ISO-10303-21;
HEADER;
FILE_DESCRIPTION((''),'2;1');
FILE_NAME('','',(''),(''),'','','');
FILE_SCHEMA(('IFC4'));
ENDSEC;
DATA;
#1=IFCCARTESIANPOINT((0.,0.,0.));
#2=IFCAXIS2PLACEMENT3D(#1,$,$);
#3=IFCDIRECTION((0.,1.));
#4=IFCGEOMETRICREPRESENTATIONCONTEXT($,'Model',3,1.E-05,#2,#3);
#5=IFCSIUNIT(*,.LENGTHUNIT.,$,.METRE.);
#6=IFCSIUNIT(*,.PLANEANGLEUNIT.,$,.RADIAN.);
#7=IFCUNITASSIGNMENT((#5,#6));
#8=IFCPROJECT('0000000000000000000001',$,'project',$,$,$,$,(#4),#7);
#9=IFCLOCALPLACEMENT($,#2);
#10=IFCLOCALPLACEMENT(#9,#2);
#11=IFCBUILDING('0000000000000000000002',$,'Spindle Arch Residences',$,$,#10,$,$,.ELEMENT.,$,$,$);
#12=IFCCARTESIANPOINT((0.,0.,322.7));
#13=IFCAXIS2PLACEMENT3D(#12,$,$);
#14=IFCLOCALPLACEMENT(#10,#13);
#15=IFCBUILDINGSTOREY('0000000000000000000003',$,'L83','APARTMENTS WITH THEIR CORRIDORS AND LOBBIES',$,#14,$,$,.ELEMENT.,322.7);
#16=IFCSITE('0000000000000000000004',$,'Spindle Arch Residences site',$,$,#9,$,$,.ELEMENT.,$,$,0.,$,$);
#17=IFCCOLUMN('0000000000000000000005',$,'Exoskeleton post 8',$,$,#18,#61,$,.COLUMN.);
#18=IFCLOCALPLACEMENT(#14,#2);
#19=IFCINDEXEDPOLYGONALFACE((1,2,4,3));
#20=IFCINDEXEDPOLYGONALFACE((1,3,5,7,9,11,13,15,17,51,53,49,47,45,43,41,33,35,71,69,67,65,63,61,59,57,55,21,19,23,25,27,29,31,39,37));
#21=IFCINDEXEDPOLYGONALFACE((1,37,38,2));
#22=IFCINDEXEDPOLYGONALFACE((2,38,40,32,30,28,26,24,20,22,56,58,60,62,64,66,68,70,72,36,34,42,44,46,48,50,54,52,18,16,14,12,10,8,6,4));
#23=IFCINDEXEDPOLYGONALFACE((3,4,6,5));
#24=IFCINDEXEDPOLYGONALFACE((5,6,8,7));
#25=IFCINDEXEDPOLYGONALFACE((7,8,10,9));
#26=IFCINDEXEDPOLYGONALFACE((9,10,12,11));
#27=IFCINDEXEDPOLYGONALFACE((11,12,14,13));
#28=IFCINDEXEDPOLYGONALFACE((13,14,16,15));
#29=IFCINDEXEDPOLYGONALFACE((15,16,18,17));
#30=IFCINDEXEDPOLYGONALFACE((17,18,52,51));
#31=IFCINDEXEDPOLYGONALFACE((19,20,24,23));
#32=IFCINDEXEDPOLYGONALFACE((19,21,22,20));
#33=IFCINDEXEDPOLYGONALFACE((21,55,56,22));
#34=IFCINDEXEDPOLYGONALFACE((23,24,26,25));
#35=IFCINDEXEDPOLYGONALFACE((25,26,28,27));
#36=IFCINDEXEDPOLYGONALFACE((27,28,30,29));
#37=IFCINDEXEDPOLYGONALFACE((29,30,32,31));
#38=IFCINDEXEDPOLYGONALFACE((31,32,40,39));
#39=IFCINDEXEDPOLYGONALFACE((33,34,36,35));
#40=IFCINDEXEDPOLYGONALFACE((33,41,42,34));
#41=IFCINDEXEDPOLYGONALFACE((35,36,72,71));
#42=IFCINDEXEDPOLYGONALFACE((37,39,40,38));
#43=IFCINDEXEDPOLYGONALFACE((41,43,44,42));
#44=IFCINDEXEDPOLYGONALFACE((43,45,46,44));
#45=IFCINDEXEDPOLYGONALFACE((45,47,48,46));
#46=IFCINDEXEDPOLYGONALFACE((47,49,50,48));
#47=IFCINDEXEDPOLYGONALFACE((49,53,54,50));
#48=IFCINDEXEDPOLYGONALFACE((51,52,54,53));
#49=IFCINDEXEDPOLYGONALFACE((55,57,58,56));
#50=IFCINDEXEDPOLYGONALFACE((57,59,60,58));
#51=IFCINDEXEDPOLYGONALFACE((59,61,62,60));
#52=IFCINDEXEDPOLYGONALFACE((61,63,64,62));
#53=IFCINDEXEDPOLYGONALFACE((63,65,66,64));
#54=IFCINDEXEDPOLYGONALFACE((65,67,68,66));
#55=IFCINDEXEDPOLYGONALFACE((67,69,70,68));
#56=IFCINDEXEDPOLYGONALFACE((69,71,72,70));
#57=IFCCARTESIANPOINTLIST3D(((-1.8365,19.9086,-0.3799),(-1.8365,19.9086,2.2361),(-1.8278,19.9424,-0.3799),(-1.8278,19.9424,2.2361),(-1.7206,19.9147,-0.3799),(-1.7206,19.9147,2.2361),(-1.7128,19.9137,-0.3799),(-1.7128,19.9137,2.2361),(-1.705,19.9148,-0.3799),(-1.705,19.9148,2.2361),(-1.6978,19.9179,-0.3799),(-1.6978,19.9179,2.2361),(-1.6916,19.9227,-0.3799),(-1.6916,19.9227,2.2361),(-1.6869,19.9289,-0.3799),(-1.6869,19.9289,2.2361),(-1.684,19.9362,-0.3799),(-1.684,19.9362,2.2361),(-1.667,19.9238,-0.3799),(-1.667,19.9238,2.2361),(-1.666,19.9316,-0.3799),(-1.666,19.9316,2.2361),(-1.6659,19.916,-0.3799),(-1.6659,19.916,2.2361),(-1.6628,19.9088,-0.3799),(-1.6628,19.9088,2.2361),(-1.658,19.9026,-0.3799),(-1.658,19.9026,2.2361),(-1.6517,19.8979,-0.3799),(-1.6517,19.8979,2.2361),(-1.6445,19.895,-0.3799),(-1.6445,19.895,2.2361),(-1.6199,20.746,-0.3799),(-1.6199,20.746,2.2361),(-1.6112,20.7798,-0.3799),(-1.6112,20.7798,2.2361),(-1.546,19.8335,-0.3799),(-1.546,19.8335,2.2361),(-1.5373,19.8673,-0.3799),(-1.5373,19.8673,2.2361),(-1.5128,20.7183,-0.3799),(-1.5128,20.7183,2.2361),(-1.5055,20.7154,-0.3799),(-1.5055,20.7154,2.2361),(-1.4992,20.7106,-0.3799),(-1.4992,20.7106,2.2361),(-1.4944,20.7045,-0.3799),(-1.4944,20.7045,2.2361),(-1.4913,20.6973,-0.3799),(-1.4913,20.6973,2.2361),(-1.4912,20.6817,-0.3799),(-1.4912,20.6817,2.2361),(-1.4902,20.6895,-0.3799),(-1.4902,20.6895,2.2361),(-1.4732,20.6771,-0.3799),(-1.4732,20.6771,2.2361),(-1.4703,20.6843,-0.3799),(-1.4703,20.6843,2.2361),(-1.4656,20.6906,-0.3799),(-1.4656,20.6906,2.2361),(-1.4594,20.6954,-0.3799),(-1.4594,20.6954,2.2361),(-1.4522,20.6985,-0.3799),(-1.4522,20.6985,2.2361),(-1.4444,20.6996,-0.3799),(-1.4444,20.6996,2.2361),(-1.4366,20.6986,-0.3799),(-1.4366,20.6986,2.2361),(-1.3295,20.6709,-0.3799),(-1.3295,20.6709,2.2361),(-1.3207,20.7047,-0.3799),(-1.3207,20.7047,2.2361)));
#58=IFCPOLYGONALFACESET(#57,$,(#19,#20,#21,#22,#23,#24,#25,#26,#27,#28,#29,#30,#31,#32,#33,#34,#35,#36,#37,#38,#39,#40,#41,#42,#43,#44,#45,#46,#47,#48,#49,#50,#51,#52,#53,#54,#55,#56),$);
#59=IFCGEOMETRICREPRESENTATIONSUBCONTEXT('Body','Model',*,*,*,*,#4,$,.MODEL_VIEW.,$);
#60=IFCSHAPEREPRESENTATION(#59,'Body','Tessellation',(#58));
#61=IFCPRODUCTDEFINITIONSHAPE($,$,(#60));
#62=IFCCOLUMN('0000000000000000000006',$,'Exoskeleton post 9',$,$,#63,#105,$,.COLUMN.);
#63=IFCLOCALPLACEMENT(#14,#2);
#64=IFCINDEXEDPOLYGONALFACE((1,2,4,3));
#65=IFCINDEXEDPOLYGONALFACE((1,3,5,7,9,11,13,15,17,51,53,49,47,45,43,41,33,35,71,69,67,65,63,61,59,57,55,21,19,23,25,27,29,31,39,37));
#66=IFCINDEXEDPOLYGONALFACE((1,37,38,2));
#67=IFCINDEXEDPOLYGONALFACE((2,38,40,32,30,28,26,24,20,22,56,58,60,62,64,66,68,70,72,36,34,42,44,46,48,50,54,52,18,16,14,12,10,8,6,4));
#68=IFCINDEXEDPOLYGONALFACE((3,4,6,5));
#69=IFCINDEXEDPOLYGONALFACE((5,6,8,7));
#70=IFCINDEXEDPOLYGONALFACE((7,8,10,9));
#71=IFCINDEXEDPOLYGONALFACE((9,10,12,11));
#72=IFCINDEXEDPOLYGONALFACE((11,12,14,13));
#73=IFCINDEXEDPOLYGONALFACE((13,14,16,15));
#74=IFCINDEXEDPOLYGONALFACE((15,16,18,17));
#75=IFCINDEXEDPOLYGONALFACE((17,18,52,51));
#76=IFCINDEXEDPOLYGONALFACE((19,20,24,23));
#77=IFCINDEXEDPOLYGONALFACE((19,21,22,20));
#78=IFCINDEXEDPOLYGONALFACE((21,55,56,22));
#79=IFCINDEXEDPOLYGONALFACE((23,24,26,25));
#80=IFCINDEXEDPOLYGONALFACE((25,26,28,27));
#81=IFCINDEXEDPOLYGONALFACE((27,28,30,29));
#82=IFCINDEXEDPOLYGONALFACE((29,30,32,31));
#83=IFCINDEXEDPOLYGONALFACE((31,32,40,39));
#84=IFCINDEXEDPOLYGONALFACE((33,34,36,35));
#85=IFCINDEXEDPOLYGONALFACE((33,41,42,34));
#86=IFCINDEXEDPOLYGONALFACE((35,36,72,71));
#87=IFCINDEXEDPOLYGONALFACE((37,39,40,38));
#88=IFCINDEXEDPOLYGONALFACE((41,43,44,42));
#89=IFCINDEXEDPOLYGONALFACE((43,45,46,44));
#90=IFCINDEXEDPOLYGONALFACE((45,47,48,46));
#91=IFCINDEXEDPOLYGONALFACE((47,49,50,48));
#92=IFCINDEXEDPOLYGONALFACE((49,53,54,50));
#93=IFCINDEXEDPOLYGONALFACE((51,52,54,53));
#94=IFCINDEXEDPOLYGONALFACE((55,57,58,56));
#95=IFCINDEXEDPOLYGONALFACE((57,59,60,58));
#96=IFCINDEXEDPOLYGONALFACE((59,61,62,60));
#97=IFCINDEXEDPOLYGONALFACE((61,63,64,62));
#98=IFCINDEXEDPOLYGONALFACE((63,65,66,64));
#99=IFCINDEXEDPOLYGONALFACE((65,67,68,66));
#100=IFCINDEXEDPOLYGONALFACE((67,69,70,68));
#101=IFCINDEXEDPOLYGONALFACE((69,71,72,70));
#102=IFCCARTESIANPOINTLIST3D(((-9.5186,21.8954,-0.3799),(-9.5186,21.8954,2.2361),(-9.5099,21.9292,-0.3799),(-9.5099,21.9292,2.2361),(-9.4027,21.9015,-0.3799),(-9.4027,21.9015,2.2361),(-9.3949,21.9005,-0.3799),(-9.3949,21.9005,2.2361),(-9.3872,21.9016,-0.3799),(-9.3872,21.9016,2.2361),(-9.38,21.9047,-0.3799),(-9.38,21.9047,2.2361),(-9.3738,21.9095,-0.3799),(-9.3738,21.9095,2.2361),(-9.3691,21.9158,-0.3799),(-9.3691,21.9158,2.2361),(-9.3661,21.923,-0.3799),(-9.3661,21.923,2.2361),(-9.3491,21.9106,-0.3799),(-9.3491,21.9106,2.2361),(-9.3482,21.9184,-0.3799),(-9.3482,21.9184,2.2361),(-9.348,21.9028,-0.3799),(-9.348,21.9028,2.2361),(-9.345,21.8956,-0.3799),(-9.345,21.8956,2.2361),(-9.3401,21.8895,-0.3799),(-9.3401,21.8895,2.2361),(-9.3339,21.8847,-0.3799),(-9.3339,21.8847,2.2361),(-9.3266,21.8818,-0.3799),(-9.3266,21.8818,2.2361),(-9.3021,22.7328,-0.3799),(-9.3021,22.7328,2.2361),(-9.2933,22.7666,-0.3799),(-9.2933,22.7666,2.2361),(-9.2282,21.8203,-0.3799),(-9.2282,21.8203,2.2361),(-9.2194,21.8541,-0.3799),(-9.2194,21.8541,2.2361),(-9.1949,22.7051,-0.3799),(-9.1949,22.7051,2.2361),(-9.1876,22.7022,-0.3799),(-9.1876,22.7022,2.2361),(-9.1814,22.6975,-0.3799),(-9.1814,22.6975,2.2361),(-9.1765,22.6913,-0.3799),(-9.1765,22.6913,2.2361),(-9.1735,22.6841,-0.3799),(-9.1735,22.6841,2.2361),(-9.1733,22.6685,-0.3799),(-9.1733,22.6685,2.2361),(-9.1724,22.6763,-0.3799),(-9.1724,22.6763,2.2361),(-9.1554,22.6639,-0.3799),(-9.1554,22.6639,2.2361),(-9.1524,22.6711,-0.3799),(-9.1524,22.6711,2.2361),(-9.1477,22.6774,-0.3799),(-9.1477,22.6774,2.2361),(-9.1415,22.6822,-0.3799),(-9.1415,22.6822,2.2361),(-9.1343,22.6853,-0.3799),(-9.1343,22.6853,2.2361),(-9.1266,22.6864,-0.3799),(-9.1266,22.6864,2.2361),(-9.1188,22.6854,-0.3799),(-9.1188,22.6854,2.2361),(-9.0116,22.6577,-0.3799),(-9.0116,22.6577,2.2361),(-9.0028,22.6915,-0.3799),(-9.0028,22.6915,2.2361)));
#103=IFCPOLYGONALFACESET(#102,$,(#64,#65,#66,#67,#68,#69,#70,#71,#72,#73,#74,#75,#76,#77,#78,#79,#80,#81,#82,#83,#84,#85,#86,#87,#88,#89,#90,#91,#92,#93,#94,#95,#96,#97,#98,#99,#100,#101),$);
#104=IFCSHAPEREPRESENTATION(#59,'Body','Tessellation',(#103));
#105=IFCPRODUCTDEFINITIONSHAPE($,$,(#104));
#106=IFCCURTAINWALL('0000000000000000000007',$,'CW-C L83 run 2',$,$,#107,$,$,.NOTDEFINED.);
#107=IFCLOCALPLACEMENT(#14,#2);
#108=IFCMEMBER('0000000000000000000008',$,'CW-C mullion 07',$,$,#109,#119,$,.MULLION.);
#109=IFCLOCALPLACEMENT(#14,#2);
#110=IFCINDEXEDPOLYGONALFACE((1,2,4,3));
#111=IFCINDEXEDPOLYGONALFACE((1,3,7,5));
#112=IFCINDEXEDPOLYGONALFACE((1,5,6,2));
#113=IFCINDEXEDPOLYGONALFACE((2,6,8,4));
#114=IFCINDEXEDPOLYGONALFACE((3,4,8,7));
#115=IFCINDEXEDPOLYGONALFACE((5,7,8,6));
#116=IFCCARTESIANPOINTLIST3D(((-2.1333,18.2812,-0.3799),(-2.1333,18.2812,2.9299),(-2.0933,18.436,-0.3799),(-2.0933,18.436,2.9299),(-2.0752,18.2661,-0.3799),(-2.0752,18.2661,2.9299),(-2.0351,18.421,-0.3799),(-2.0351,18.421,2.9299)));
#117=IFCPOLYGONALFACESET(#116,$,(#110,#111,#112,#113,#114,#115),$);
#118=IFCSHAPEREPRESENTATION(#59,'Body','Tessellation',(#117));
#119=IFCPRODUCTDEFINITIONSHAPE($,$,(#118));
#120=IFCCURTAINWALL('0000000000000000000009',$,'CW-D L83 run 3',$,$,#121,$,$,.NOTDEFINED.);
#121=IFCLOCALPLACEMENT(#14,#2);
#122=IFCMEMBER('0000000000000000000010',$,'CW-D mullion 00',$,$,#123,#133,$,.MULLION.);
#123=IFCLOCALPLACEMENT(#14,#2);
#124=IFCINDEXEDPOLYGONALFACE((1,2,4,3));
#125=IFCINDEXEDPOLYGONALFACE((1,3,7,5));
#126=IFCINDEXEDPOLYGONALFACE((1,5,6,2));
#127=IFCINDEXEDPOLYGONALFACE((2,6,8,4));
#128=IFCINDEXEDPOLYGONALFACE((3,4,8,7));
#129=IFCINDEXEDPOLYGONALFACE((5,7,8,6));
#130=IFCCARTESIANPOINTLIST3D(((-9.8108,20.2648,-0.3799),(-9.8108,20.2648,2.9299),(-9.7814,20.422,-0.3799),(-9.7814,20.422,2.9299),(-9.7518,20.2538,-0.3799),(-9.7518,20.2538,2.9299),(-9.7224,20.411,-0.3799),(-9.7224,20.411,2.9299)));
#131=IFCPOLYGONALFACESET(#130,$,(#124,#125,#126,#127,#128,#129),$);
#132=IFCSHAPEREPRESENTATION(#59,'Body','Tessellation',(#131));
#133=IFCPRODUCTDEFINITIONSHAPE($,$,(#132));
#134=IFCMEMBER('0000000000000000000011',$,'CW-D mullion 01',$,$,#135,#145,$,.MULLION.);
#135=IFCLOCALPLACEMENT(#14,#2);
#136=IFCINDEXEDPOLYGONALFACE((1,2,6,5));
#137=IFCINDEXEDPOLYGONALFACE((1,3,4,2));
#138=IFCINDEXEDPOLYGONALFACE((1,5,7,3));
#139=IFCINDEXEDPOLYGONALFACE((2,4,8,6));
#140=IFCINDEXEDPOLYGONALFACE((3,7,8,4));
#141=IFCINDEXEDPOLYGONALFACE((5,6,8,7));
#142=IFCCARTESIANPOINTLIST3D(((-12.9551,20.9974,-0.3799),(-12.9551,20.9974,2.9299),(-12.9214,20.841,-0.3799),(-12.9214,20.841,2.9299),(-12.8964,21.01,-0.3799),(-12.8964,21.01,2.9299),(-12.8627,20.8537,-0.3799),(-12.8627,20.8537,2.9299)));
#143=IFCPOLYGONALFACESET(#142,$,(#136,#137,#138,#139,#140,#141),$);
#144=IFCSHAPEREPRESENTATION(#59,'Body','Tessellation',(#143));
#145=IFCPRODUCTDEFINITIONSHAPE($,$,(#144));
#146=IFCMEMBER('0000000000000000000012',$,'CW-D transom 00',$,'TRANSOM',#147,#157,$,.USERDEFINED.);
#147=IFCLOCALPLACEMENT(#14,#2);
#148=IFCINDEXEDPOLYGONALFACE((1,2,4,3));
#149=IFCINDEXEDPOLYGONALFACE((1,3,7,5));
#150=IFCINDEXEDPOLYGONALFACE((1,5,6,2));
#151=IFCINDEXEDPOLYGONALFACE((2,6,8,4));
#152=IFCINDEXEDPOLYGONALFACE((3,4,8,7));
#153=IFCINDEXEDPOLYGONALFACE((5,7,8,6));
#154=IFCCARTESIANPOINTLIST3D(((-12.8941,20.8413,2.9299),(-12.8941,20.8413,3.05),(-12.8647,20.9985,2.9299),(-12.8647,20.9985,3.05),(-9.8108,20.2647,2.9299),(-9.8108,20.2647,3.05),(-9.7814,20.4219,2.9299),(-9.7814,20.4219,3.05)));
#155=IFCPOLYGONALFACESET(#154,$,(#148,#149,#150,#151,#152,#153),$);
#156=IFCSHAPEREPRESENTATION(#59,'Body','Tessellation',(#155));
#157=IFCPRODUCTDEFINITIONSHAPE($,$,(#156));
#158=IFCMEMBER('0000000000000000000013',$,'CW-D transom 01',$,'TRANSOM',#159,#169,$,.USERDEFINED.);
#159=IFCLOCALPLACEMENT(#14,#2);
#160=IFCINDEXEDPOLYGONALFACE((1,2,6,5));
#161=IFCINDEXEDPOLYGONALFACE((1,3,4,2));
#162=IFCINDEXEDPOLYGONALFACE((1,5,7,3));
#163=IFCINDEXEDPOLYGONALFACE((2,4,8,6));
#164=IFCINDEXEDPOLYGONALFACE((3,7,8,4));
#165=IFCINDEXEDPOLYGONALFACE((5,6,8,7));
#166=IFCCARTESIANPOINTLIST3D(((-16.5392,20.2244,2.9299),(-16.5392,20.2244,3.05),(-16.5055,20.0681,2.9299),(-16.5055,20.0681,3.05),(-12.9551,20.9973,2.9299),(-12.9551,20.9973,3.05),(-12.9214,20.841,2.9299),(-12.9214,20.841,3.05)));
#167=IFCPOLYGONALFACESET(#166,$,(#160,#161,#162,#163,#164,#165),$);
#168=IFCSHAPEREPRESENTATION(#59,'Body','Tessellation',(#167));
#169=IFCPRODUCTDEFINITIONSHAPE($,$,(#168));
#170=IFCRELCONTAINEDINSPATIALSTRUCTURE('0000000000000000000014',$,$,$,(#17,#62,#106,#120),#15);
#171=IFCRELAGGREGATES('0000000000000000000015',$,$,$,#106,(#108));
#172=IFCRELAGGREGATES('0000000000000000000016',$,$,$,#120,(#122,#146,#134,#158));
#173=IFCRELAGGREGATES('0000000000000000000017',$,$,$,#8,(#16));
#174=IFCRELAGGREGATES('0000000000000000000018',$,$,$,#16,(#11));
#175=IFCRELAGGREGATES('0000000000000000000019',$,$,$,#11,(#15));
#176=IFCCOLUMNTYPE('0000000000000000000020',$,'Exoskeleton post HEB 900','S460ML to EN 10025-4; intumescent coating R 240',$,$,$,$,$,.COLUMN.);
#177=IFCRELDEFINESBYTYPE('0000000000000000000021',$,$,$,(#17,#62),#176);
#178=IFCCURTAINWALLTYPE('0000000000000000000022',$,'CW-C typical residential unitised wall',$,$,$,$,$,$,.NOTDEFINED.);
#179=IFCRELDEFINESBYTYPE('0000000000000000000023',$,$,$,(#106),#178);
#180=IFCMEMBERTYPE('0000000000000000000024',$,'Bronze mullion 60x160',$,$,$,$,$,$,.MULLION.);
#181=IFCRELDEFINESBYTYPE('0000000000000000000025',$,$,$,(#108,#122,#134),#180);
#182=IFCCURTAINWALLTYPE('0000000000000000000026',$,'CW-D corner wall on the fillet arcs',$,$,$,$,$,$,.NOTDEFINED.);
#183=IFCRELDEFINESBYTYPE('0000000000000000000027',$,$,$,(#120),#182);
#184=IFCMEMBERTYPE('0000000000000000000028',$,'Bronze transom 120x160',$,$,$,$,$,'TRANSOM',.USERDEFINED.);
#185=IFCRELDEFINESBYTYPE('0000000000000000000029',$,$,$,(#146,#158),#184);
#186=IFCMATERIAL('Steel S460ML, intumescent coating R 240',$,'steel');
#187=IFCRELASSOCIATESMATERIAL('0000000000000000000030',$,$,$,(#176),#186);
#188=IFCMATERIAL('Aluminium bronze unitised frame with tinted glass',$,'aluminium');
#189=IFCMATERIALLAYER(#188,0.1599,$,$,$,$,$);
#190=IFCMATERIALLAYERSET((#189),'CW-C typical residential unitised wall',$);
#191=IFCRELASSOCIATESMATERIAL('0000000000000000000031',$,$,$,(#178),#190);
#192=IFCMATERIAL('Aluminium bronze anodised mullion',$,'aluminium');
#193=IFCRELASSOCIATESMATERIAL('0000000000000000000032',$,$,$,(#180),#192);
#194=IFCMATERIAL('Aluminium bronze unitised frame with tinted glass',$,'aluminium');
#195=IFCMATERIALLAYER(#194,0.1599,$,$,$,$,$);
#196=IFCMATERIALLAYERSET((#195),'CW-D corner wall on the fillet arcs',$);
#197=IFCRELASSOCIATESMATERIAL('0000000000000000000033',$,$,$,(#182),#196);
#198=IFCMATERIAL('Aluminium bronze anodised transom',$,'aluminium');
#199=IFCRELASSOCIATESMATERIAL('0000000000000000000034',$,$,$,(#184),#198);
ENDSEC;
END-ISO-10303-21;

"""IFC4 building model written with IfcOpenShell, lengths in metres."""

from ifc_helpers import new_model, si_unit, direction, frame, origin, origin_2d, place, context, subcontext, project, spatial, rectangle, i_section, extrude, material, layer, layer_set, material_profile, profile_set, type_object, element, aggregate, save


model = new_model("IFC4")

# Units and contexts
model_context = context("Model", 3, precision=1e-05, world=origin(), true_north=direction((0.0, 1.0)))
body_context = subcontext(model_context, "Body", "Model", "MODEL_VIEW")
ifc_project = project(units=[si_unit("LENGTHUNIT", "METRE"), si_unit("PLANEANGLEUNIT", "RADIAN")], contexts=[model_context])

# Site, building, storey
site_placement = place(None, origin())
site = spatial("IfcSite", under=ifc_project, at=site_placement, Name="Spindle Arch Residences site", CompositionType="ELEMENT", RefElevation=0.0)
building_placement = place(site_placement, origin())
building = spatial("IfcBuilding", under=site, at=building_placement, Name="Spindle Arch Residences", CompositionType="ELEMENT")
storey_placement = place(building_placement, frame((0.0, 0.0, 322.7)))
storey = spatial("IfcBuildingStorey", under=building, at=storey_placement, Name="L83", Description="APARTMENTS WITH THEIR CORRIDORS AND LOBBIES", CompositionType="ELEMENT", Elevation=322.7)

# Columns
ifc_material_1 = material(Name="Steel S460ML, intumescent coating R 240", Category="steel")
ifc_material_profile_1 = material_profile(ifc_material_1, i_section(OverallWidth=0.3, OverallDepth=0.8999, WebThickness=0.0186, FlangeThickness=0.0349, FilletRadius=0.03, at=origin_2d()), Name="HEB 900")
ifc_profile_set_1 = profile_set([ifc_material_profile_1], Name="Steel S460ML, intumescent coating R 240")
column_type = type_object("IfcColumnType", Name="Exoskeleton post HEB 900", Description="S460ML to EN 10025-4; intumescent coating R 240", PredefinedType="COLUMN", material=ifc_profile_set_1)
for number, where, z_axis, x_axis, name in (
    (1, (-1.5786, 20.3066, -0.3799), (0.0, 0.0, 1.0), (0.968148, -0.25038, 0.0), "Exoskeleton post 8"),
    (2, (-9.2607, 22.2935, -0.3799), (0.0, 0.0, 1.0), (0.968148, -0.25038, 0.0), "Exoskeleton post 9"),
):
    element("IfcColumn", number, at=place(storey_placement, frame(where, z_axis=z_axis, x_axis=x_axis)), inside=storey, type_object=column_type, Name=name, PredefinedType="COLUMN", context=body_context, shape_type="SweptSolid", body=[
        extrude(i_section(OverallWidth=0.3, OverallDepth=0.8999, WebThickness=0.0186, FlangeThickness=0.0349, FilletRadius=0.03, at=origin_2d()), origin(), (0.0, 0.0, 1.0), 2.616),
    ])

# Curtain wall, member
ifc_material_2 = material(Name="Aluminium bronze unitised frame with tinted glass", Category="aluminium")
ifc_layer_1 = layer(ifc_material_2, 0.1599)
ifc_layer_set_1 = layer_set([ifc_layer_1], Name="CW-C typical residential unitised wall")
curtain_wall_type_1 = type_object("IfcCurtainWallType", Name="CW-C typical residential unitised wall", PredefinedType="NOTDEFINED", material=ifc_layer_set_1)
curtain_wall_1_placement = place(storey_placement, origin())
curtain_wall_1 = element("IfcCurtainWall", 3, at=curtain_wall_1_placement, inside=storey, type_object=curtain_wall_type_1, Name="CW-C L83 run 2", PredefinedType="NOTDEFINED")
ifc_material_3 = material(Name="Aluminium bronze anodised mullion", Category="aluminium")
ifc_material_profile_2 = material_profile(ifc_material_3, rectangle(XDim=0.1599, YDim=0.0601, at=origin_2d()), Name="MU 60x160")
ifc_profile_set_2 = profile_set([ifc_material_profile_2], Name="Aluminium bronze anodised mullion")
member_type_1 = type_object("IfcMemberType", Name="Bronze mullion 60x160", PredefinedType="MULLION", material=ifc_profile_set_2)
member_1_placement = place(storey_placement, frame((-2.0842, 18.3511, -0.3799), z_axis=(0.0, 0.0, 1.0), x_axis=(-0.25038, -0.968148, 0.0)))
member_1 = element("IfcMember", 4, at=member_1_placement, type_object=member_type_1, Name="CW-C mullion 07", PredefinedType="MULLION", context=body_context, shape_type="SweptSolid", body=[
    extrude(rectangle(XDim=0.1599, YDim=0.0601, at=origin_2d()), origin(), (0.0, 0.0, 1.0), 3.3098),
])

# Curtain wall, members
ifc_material_4 = material(Name="Aluminium bronze unitised frame with tinted glass", Category="aluminium")
ifc_layer_2 = layer(ifc_material_4, 0.1599)
ifc_layer_set_2 = layer_set([ifc_layer_2], Name="CW-D corner wall on the fillet arcs")
curtain_wall_type_2 = type_object("IfcCurtainWallType", Name="CW-D corner wall on the fillet arcs", PredefinedType="NOTDEFINED", material=ifc_layer_set_2)
curtain_wall_2_placement = place(storey_placement, origin())
curtain_wall_2 = element("IfcCurtainWall", 5, at=curtain_wall_2_placement, inside=storey, type_object=curtain_wall_type_2, Name="CW-D L83 run 3", PredefinedType="NOTDEFINED")
member_2_placement = place(storey_placement, frame((-9.7666, 20.3379, -0.3799), z_axis=(0.0, 0.0, 1.0), x_axis=(-0.183837, -0.982957, 0.0)))
member_2 = element("IfcMember", 6, at=member_2_placement, type_object=member_type_1, Name="CW-D mullion 00", PredefinedType="MULLION", context=body_context, shape_type="SweptSolid", body=[
    extrude(rectangle(XDim=0.1599, YDim=0.0601, at=origin_2d()), origin(), (0.0, 0.0, 1.0), 3.3098),
])
member_3_placement = place(storey_placement, frame((-12.9089, 20.9255, -0.3799), z_axis=(0.0, 0.0, 1.0), x_axis=(0.210756, -0.977539, 0.0)))
member_3 = element("IfcMember", 7, at=member_3_placement, type_object=member_type_1, Name="CW-D mullion 01", PredefinedType="MULLION", context=body_context, shape_type="SweptSolid", body=[
    extrude(rectangle(XDim=0.1599, YDim=0.0601, at=origin_2d()), origin(), (0.0, 0.0, 1.0), 3.3098),
])
ifc_material_5 = material(Name="Aluminium bronze anodised transom", Category="aluminium")
ifc_material_profile_3 = material_profile(ifc_material_5, rectangle(XDim=0.1599, YDim=0.1201, at=origin_2d()), Name="TR 120x160")
ifc_profile_set_3 = profile_set([ifc_material_profile_3], Name="Aluminium bronze anodised transom")
member_type_2 = type_object("IfcMemberType", Name="Bronze transom 120x160", ElementType="TRANSOM", PredefinedType="USERDEFINED", material=ifc_profile_set_3)
member_4_placement = place(storey_placement, frame((-9.7961, 20.3433, 2.99), z_axis=(-0.982956, 0.183842, 0.0), x_axis=(-0.183842, -0.982956, 0.0)))
member_4 = element("IfcMember", 8, at=member_4_placement, type_object=member_type_2, Name="CW-D transom 00", ObjectType="TRANSOM", PredefinedType="USERDEFINED", context=body_context, shape_type="SweptSolid", body=[
    extrude(rectangle(XDim=0.1599, YDim=0.1201, at=origin_2d()), origin(), (0.0, 0.0, 1.0), 3.1367),
])
member_5_placement = place(storey_placement, frame((-12.9382, 20.9192, 2.99), z_axis=(-0.977528, -0.210807, 0.0), x_axis=(0.210807, -0.977528, 0.0)))
member_5 = element("IfcMember", 9, at=member_5_placement, type_object=member_type_2, Name="CW-D transom 01", ObjectType="TRANSOM", PredefinedType="USERDEFINED", context=body_context, shape_type="SweptSolid", body=[
    extrude(rectangle(XDim=0.1599, YDim=0.1201, at=origin_2d()), origin(), (0.0, 0.0, 1.0), 3.6665),
])

aggregate(curtain_wall_1, [member_1])
aggregate(curtain_wall_2, [member_2, member_4, member_3, member_5])

save(model, "model.ifc")
